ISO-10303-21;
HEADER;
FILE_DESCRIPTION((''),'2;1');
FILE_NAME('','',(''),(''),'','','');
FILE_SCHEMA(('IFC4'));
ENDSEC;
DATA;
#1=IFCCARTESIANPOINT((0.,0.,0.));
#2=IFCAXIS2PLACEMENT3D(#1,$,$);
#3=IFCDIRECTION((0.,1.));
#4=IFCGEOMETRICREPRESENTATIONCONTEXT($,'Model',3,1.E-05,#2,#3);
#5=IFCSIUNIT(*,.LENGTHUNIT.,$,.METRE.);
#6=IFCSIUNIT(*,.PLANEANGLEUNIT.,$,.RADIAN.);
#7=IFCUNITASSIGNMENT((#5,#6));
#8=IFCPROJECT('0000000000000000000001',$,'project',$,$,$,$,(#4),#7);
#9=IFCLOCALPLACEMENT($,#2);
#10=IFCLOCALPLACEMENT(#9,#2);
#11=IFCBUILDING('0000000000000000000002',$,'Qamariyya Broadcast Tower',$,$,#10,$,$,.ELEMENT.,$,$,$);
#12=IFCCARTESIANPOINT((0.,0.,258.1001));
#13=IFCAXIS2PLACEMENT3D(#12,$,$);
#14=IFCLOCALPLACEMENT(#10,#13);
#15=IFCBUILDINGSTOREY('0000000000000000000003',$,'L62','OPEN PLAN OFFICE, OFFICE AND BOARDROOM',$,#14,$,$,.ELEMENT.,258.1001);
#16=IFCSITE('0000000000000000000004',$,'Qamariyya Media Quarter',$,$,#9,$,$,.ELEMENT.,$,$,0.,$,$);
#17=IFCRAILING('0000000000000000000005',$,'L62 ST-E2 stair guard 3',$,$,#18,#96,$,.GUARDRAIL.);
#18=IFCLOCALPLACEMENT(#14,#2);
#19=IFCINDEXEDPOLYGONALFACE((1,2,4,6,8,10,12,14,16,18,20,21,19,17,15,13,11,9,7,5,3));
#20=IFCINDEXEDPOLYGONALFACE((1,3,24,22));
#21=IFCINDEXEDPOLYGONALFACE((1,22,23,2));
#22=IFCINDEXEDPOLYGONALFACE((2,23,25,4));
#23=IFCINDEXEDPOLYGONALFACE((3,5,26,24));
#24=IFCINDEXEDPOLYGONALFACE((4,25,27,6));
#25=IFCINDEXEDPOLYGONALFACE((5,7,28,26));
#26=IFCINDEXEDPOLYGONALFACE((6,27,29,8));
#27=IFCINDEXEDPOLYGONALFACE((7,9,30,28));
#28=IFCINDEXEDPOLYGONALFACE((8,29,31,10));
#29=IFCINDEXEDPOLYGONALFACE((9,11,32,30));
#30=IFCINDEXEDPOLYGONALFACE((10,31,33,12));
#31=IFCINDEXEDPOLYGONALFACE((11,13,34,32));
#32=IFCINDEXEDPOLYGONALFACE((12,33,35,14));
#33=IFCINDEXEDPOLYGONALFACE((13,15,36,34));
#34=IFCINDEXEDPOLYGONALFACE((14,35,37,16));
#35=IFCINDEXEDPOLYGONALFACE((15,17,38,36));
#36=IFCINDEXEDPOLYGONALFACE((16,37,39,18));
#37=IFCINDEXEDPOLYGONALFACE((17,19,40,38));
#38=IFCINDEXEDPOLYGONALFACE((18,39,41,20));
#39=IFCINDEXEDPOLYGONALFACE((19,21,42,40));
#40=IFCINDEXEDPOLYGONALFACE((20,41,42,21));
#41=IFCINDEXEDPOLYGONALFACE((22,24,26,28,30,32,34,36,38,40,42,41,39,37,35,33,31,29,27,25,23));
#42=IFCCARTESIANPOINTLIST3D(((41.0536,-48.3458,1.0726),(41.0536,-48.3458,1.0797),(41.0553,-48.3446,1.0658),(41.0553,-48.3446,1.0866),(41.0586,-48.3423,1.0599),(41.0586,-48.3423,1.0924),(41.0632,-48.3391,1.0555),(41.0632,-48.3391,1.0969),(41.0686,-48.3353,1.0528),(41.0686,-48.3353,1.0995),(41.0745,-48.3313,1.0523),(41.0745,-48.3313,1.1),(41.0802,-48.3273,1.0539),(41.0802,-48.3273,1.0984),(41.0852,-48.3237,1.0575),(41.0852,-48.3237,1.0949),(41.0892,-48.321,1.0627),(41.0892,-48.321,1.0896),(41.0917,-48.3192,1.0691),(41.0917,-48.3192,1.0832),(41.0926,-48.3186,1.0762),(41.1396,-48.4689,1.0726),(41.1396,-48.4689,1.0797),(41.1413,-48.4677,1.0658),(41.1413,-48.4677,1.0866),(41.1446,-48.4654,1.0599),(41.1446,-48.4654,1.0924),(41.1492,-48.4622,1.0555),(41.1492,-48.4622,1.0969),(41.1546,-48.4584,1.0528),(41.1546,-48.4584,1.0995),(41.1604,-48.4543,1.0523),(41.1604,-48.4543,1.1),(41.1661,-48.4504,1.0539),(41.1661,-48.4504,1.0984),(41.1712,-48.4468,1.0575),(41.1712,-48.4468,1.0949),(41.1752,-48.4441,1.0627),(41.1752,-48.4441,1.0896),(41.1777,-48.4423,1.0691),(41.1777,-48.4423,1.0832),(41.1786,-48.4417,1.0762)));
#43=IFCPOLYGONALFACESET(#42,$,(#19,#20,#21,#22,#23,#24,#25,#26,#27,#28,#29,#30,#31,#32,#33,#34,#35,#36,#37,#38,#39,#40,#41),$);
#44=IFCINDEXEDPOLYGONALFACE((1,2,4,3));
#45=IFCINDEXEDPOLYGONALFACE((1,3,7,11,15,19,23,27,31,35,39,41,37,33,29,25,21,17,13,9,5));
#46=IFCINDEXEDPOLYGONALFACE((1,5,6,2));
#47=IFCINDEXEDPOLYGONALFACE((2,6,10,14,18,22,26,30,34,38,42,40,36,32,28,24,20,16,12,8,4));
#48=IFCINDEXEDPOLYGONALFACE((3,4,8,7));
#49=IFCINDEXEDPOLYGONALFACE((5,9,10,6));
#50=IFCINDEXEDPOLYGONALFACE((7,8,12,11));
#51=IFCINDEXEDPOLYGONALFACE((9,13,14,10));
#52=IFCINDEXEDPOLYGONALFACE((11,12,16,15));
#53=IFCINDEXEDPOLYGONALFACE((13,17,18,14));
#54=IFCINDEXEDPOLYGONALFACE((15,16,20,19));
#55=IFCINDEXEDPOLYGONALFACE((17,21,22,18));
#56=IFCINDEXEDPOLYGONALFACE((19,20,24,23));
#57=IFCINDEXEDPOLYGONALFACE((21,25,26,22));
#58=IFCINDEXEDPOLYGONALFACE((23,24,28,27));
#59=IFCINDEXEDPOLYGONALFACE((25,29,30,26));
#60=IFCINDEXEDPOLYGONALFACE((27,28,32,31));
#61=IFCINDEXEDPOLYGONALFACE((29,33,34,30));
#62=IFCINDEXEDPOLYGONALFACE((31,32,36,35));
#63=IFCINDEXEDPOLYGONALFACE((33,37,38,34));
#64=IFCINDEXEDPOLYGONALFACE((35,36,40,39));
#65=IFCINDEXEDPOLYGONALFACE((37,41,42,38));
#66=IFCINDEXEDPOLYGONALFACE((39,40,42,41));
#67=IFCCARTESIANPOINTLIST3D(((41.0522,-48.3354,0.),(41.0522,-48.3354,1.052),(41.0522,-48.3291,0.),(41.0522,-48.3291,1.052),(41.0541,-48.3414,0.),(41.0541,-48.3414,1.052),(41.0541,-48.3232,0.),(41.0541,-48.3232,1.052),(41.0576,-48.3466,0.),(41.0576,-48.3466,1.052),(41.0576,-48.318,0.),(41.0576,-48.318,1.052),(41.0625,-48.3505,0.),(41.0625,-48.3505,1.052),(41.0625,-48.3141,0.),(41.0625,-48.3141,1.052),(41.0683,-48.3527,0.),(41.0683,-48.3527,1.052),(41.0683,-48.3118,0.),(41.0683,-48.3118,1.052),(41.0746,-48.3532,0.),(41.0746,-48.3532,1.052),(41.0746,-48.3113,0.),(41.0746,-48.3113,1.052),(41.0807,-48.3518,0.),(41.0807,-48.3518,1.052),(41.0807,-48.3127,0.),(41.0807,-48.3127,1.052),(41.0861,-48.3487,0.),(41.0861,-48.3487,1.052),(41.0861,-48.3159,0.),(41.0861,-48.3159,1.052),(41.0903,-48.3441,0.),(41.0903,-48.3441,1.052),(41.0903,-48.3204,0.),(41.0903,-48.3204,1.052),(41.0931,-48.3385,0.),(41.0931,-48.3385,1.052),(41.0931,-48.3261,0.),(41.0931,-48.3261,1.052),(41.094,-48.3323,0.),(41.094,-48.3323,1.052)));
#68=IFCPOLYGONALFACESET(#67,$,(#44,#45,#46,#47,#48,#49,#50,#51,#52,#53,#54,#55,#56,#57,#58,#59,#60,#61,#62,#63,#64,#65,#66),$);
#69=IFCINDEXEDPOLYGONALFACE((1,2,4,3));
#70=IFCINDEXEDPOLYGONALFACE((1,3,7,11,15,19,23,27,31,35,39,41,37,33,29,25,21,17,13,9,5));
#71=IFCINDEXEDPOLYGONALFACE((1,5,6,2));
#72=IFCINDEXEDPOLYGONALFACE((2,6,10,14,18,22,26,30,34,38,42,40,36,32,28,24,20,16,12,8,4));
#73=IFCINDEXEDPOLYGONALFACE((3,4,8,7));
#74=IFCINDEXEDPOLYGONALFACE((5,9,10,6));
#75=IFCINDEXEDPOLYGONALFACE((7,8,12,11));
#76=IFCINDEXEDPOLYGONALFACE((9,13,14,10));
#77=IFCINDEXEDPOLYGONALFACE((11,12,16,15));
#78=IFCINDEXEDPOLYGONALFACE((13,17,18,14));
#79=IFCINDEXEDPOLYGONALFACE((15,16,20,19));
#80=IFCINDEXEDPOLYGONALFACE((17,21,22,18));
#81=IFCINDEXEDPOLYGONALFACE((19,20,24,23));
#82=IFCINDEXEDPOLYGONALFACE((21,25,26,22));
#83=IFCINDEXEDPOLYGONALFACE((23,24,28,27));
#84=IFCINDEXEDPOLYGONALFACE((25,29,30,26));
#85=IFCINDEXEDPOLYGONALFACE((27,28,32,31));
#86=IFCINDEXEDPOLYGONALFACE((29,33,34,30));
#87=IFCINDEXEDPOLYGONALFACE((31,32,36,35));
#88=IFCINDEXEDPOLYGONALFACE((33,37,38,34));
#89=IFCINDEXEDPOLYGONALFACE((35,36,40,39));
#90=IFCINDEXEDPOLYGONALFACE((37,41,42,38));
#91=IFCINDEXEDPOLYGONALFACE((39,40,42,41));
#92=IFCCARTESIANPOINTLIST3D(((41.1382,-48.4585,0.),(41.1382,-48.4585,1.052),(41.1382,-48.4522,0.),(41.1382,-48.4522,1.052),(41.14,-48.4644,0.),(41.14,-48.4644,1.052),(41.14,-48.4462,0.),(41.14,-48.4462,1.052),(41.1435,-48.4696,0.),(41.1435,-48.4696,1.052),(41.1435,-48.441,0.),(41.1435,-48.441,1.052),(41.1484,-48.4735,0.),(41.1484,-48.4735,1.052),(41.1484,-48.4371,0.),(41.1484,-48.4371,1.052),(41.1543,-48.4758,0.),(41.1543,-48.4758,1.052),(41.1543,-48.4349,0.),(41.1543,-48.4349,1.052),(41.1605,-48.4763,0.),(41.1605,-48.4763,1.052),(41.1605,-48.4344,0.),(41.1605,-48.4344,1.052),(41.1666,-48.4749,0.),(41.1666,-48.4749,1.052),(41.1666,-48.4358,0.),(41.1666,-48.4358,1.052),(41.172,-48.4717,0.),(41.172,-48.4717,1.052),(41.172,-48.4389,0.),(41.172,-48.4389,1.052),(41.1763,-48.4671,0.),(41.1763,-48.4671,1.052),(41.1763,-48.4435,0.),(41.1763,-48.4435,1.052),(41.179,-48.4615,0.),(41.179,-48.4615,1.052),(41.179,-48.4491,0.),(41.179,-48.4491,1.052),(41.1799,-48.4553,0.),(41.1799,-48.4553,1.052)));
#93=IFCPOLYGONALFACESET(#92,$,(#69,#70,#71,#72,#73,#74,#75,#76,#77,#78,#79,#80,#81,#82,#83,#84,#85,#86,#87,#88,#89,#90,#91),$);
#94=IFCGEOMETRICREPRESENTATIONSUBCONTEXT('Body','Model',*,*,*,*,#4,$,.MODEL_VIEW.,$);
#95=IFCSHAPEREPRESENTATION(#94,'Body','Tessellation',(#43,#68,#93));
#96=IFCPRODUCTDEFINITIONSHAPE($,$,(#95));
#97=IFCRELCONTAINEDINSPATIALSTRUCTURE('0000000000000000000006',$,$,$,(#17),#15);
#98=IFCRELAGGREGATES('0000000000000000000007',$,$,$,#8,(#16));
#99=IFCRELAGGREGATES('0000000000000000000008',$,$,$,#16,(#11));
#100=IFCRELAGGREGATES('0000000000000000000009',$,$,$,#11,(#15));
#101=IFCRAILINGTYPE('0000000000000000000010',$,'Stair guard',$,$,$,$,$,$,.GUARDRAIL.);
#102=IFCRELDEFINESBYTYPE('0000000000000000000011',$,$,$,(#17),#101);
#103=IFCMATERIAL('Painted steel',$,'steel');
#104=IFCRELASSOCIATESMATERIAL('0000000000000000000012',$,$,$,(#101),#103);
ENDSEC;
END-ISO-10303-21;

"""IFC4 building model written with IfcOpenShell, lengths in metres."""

from ifc_helpers import new_model, si_unit, direction, frame, origin, origin_2d, place, context, subcontext, project, spatial, circle, extrude, material, type_object, element, save


model = new_model("IFC4")

# Units and contexts
model_context = context("Model", 3, precision=1e-05, world=origin(), true_north=direction((0.0, 1.0)))
body_context = subcontext(model_context, "Body", "Model", "MODEL_VIEW")
ifc_project = project(units=[si_unit("LENGTHUNIT", "METRE"), si_unit("PLANEANGLEUNIT", "RADIAN")], contexts=[model_context])

# Site, building, storey
site_placement = place(None, origin())
site = spatial("IfcSite", under=ifc_project, at=site_placement, Name="Qamariyya Media Quarter", CompositionType="ELEMENT", RefElevation=0.0)
building_placement = place(site_placement, origin())
building = spatial("IfcBuilding", under=site, at=building_placement, Name="Qamariyya Broadcast Tower", CompositionType="ELEMENT")
storey_placement = place(building_placement, frame((0.0, 0.0, 258.1001)))
storey = spatial("IfcBuildingStorey", under=building, at=storey_placement, Name="L62", Description="OPEN PLAN OFFICE, OFFICE AND BOARDROOM", CompositionType="ELEMENT", Elevation=258.1001)

# Railing
ifc_material_1 = material(Name="Painted steel", Category="steel")
railing_type_1 = type_object("IfcRailingType", Name="Stair guard", PredefinedType="GUARDRAIL", material=ifc_material_1)
railing_1_placement = place(storey_placement, frame((41.073, -48.3323, 0.0)))
element("IfcRailing", 1, at=railing_1_placement, inside=storey, type_object=railing_type_1, Name="L62 ST-E2 stair guard 3", PredefinedType="GUARDRAIL", context=body_context, shape_type="SweptSolid", body=[
    extrude(circle(Radius=0.0239, at=origin_2d()), frame((0.0, 0.0, 1.0762), z_axis=(0.572589, -0.819843, 0.0), x_axis=(0.819843, 0.572589, 0.0)), (0.0, 0.0, 1.0), 0.1501),
    extrude(circle(Radius=0.021, at=origin_2d()), origin(), (0.0, 0.0, 1.0), 1.052),
    extrude(circle(Radius=0.021, at=origin_2d()), frame((0.0859, -0.123, 0.0)), (0.0, 0.0, 1.0), 1.052),
])

save(model, "model.ifc")
